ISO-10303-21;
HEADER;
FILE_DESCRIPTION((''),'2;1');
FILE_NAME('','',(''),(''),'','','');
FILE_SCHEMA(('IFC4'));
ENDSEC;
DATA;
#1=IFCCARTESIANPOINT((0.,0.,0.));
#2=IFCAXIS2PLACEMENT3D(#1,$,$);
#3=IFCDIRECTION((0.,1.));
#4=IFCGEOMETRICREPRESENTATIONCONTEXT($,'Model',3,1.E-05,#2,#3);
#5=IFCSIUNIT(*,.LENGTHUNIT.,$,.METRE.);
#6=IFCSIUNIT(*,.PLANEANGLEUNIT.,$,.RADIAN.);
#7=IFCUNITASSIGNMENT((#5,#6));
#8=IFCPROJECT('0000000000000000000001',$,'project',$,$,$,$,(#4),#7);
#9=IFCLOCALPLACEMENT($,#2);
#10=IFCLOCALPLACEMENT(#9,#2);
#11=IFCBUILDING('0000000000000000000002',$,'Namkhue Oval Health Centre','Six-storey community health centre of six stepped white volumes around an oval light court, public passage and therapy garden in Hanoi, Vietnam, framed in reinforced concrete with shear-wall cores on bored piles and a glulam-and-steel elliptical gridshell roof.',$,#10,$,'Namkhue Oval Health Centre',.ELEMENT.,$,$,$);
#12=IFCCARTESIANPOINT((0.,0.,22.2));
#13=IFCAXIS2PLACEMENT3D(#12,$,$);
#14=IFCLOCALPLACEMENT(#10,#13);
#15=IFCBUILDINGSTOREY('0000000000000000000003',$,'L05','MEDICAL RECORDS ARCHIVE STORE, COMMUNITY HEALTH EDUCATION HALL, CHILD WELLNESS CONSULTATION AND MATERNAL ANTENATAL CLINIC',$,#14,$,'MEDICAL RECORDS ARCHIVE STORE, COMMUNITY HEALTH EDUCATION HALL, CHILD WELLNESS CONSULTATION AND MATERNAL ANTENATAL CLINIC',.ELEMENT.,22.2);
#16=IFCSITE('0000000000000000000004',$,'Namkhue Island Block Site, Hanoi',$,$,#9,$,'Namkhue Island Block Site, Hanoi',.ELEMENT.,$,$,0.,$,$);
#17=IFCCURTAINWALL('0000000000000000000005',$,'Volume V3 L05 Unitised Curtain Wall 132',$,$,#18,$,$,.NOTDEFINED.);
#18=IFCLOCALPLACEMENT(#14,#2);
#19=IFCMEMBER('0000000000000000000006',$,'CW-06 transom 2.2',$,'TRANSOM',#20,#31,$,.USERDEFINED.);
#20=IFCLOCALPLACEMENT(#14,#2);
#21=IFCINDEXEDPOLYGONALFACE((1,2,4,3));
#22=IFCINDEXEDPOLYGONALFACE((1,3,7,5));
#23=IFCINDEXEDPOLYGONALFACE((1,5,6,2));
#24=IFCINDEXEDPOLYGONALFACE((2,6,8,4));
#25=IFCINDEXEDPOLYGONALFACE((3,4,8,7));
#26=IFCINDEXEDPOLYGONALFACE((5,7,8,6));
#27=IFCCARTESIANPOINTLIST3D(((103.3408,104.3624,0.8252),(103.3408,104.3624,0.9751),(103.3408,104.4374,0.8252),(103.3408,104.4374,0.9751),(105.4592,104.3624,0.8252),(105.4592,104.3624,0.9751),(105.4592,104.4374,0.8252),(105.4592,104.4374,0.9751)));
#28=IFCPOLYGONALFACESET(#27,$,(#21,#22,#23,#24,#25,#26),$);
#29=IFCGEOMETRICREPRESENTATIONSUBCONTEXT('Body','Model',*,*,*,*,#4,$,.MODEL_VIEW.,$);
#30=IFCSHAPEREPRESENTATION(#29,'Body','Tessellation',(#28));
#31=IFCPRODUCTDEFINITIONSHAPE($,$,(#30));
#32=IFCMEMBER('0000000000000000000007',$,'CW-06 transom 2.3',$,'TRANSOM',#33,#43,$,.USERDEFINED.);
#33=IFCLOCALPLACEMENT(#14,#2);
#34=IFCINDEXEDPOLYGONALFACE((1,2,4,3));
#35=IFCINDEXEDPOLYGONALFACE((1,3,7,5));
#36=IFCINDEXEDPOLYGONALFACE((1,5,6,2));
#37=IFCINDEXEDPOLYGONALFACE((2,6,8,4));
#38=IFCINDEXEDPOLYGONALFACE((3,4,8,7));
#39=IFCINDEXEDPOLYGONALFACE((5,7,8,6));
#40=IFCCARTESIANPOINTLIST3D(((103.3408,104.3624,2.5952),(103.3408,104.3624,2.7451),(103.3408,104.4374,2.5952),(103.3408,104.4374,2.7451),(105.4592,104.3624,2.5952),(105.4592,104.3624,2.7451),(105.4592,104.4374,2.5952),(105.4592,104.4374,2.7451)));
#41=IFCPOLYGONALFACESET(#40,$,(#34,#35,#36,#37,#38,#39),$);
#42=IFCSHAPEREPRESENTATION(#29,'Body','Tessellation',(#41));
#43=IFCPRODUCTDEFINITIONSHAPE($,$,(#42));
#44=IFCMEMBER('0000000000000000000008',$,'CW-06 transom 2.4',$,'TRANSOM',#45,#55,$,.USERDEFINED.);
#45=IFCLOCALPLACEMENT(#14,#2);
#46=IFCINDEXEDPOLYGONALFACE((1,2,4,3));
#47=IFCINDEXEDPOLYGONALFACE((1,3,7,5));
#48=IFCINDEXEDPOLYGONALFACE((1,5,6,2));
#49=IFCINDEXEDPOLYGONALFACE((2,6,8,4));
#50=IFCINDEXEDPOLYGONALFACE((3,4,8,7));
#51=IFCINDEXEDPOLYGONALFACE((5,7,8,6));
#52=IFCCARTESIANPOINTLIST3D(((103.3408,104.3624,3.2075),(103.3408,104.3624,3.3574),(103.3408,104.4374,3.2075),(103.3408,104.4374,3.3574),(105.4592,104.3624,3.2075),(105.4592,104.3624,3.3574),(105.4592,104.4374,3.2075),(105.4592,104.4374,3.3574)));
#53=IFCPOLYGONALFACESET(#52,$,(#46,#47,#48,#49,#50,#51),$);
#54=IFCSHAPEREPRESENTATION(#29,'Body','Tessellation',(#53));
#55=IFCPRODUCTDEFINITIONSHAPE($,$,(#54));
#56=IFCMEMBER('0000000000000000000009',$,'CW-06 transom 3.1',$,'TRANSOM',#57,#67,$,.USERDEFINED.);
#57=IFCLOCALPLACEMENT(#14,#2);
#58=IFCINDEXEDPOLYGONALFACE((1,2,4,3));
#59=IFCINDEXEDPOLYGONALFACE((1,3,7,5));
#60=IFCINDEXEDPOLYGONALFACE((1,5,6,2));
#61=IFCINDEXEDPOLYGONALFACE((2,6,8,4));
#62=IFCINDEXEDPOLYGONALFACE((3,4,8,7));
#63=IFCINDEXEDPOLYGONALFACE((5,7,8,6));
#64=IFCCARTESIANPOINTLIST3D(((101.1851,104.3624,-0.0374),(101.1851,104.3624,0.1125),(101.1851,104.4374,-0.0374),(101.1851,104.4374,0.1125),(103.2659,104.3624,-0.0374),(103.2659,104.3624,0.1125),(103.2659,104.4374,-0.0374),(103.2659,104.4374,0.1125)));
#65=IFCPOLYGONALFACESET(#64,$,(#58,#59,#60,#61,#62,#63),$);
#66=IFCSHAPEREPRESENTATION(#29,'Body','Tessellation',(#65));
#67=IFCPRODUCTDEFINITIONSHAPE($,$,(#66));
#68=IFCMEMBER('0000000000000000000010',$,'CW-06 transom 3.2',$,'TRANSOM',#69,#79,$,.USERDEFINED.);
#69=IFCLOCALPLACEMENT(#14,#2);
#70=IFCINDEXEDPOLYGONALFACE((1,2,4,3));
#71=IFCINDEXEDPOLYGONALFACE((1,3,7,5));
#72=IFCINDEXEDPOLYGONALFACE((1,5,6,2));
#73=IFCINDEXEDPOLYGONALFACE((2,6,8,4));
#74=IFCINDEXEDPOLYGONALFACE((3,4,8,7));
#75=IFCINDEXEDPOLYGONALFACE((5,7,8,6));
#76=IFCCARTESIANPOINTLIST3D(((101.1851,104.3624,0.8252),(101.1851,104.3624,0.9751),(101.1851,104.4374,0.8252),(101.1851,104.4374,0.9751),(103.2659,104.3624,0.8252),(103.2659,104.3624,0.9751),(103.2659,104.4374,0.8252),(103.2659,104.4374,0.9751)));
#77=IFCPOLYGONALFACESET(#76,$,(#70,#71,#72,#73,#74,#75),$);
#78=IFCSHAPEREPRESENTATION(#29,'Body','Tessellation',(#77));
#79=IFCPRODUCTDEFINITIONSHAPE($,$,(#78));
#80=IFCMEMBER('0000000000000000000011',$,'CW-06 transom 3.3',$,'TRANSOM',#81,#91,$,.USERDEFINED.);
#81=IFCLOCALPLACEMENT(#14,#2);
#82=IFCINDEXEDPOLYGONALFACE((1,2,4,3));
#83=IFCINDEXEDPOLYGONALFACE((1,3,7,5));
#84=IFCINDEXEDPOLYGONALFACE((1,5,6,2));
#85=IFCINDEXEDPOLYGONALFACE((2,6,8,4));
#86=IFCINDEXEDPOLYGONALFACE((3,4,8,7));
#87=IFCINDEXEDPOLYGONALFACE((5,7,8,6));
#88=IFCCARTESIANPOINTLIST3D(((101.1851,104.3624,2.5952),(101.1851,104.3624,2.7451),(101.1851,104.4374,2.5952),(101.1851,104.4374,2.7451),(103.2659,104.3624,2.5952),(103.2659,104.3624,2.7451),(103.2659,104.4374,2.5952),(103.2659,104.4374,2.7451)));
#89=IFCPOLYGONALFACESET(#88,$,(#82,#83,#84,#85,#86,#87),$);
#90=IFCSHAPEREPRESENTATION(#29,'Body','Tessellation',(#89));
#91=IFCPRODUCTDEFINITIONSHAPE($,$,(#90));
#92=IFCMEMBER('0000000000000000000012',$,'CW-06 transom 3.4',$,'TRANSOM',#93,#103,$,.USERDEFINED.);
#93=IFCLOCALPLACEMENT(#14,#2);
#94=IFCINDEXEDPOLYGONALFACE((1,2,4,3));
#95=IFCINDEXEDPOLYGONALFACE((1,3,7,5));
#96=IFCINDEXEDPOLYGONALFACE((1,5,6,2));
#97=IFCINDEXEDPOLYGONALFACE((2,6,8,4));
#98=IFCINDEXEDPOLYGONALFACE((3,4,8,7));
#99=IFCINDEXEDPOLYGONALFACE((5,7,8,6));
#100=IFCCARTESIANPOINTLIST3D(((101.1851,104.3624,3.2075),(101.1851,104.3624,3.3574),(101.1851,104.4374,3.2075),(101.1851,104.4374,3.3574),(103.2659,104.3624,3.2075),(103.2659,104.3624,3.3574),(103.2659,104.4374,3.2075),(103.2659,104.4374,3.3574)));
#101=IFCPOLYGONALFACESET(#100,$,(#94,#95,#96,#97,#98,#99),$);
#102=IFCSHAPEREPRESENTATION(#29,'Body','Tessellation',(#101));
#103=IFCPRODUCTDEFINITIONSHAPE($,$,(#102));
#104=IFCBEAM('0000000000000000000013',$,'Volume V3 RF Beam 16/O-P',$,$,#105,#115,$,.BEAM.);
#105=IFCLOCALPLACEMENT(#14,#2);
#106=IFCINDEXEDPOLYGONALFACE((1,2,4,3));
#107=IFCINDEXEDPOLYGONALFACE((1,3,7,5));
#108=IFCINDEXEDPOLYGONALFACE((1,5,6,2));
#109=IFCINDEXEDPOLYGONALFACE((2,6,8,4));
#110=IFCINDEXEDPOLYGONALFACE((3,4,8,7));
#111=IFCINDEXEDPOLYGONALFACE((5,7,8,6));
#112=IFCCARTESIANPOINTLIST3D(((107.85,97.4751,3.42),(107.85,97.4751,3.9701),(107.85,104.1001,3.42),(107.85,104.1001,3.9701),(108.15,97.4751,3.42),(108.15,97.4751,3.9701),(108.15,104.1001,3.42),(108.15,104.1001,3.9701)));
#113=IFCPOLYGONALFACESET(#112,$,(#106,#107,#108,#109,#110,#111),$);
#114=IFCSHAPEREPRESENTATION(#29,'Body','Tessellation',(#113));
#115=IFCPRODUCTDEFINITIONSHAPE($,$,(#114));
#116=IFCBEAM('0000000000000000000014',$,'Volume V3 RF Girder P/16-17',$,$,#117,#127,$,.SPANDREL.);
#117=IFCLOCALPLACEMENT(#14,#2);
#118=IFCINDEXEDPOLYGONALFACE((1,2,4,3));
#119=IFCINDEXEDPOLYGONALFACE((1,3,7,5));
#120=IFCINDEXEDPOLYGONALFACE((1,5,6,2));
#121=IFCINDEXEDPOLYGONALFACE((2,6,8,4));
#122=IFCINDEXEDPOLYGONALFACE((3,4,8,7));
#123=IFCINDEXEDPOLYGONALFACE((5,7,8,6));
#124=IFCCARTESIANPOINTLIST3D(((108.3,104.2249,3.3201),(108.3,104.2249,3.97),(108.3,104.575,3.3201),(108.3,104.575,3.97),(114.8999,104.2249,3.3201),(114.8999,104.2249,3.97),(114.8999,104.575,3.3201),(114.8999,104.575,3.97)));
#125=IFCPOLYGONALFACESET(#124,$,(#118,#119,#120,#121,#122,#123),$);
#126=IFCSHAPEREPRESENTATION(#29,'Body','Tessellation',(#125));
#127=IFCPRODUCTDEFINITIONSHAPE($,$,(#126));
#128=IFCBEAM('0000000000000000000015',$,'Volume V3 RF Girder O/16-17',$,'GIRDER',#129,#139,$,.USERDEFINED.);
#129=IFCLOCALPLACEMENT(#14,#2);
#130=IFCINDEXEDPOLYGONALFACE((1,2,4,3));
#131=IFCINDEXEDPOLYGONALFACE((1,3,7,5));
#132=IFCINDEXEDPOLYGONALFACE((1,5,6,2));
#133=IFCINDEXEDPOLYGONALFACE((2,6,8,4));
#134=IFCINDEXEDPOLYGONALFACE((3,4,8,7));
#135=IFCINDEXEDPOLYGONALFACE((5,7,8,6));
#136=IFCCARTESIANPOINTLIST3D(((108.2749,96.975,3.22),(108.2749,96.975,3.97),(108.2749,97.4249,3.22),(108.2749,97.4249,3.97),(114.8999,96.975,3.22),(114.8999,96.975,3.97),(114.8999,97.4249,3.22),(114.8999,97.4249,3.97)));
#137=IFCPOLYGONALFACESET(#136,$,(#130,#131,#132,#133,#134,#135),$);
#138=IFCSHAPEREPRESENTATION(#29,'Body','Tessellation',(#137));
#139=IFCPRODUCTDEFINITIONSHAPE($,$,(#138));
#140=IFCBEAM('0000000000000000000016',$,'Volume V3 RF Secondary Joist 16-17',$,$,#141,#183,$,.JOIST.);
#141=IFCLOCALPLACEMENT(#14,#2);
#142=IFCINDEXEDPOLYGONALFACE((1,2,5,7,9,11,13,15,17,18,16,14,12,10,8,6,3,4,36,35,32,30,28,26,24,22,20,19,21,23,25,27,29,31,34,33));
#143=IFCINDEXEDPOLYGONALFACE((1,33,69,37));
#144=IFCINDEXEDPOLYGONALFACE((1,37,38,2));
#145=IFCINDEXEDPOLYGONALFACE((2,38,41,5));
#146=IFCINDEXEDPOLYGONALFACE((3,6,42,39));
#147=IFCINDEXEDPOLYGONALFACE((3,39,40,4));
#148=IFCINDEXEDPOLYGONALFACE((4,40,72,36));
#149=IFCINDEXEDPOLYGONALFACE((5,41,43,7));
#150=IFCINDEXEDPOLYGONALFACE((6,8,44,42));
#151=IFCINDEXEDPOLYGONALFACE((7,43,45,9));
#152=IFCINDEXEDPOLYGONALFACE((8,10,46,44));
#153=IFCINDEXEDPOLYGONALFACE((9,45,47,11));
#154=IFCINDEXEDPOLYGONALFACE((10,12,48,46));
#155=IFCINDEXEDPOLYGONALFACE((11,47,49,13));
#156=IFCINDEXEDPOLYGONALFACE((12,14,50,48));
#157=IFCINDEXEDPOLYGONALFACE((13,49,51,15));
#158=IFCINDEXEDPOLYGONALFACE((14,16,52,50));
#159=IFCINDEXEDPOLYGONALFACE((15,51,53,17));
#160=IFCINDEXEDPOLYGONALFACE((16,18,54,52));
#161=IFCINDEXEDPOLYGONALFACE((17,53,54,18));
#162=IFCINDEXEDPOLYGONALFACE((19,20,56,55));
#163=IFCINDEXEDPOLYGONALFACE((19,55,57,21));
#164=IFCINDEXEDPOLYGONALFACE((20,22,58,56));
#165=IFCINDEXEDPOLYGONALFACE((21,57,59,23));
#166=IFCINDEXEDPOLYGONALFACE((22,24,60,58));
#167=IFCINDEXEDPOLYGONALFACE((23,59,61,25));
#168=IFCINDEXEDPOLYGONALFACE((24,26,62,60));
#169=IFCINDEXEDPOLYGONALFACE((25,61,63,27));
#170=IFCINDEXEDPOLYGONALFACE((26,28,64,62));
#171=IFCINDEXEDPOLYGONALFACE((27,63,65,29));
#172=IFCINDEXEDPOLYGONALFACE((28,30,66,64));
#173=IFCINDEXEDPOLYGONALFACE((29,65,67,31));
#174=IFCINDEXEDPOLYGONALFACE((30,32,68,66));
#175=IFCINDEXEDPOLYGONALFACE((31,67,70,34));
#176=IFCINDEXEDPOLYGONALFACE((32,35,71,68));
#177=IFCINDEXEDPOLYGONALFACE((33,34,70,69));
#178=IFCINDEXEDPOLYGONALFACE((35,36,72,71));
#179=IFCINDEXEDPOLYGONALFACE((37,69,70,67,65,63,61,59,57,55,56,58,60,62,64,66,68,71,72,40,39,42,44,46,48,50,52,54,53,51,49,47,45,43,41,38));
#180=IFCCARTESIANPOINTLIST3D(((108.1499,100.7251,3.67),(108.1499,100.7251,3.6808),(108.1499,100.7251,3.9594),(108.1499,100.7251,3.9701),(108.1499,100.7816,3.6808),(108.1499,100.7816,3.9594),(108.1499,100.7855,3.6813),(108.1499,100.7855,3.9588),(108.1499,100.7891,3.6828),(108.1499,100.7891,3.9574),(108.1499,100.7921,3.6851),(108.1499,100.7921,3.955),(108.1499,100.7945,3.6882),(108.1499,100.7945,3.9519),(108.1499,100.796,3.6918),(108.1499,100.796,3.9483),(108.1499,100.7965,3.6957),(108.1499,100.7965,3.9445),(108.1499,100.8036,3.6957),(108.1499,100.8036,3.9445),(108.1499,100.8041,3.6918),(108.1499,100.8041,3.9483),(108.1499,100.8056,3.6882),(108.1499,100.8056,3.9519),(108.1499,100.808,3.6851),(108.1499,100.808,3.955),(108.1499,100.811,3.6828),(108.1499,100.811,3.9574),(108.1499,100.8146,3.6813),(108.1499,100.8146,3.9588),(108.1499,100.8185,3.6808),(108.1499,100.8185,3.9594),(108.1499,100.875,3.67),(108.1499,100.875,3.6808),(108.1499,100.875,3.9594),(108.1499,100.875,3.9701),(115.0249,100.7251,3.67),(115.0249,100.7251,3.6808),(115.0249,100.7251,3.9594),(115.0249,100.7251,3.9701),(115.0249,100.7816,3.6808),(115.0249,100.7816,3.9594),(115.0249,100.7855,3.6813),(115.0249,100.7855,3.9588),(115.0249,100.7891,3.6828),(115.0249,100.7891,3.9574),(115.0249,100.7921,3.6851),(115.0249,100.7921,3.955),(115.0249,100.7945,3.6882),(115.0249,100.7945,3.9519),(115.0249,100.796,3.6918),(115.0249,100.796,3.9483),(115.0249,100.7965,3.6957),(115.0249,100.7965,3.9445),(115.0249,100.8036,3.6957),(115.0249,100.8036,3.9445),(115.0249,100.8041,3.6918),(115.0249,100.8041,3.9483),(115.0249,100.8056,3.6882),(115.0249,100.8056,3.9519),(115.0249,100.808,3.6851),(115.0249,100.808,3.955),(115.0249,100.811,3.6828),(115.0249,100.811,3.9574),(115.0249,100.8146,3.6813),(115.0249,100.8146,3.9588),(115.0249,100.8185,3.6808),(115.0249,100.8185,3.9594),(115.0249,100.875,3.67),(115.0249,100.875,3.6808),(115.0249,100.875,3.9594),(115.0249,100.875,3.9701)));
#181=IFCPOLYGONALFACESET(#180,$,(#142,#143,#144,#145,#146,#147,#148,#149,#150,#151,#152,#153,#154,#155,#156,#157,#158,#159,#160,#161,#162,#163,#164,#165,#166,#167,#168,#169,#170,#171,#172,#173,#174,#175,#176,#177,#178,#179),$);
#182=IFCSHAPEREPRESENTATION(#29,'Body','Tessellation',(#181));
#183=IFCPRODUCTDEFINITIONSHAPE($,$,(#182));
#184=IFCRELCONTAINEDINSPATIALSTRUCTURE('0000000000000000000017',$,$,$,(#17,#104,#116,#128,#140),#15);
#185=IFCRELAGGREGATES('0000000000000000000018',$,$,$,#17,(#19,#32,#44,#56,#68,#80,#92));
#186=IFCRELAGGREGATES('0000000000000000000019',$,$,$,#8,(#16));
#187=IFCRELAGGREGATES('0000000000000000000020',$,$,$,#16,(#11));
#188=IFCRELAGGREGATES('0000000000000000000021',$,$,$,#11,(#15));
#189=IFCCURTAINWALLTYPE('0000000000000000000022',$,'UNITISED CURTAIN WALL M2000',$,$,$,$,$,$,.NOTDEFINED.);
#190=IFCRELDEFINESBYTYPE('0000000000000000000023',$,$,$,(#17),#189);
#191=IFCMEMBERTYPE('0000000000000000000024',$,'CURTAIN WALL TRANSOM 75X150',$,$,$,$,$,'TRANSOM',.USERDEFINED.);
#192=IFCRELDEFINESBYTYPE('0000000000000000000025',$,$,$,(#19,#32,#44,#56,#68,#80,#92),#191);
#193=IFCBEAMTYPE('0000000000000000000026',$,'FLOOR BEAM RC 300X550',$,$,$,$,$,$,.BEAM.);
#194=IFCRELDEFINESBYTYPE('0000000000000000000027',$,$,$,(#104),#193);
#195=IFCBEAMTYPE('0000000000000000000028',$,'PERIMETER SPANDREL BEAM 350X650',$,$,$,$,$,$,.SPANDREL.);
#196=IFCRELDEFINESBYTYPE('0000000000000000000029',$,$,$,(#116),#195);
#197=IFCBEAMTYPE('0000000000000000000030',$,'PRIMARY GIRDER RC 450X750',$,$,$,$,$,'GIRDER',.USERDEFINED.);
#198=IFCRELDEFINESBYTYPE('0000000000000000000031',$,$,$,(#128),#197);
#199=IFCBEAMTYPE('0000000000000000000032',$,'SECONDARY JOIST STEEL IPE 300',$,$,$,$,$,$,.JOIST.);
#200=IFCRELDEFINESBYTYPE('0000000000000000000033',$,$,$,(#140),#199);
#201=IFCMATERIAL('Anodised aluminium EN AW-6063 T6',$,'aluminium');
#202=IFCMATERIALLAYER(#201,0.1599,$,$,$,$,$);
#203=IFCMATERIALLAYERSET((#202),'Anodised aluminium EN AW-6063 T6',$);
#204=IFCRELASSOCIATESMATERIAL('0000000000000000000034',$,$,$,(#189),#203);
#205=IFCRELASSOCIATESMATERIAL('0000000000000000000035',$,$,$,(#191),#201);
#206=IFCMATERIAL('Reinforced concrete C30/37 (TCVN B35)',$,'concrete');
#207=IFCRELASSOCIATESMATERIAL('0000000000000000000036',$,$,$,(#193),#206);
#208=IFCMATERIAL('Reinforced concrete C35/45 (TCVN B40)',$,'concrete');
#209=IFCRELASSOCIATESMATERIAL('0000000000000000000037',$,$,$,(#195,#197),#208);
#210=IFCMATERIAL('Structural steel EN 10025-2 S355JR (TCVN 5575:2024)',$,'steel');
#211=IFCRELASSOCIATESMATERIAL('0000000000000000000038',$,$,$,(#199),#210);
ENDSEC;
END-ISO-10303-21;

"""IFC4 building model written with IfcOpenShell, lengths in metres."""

from ifc_helpers import new_model, si_unit, direction, frame, origin, origin_2d, place, context, subcontext, project, spatial, rectangle, i_section, extrude, material, layer, layer_set, material_profile, profile_set, type_object, element, aggregate, save


model = new_model("IFC4")

# Units and contexts
model_context = context("Model", 3, precision=1e-05, world=origin(), true_north=direction((0.0, 1.0)))
body_context = subcontext(model_context, "Body", "Model", "MODEL_VIEW")
ifc_project = project(units=[si_unit("LENGTHUNIT", "METRE"), si_unit("PLANEANGLEUNIT", "RADIAN")], contexts=[model_context])

# Site, building, storey
site_placement = place(None, origin())
site = spatial("IfcSite", under=ifc_project, at=site_placement, Name="Namkhue Island Block Site, Hanoi", LongName="Namkhue Island Block Site, Hanoi", CompositionType="ELEMENT", RefElevation=0.0)
building_placement = place(site_placement, origin())
building = spatial("IfcBuilding", under=site, at=building_placement, Name="Namkhue Oval Health Centre", Description="Six-storey community health centre of six stepped white volumes around an oval light court, public passage and therapy garden in Hanoi, Vietnam, framed in reinforced concrete with shear-wall cores on bored piles and a glulam-and-steel elliptical gridshell roof.", LongName="Namkhue Oval Health Centre", CompositionType="ELEMENT")
storey_placement = place(building_placement, frame((0.0, 0.0, 22.2)))
storey = spatial("IfcBuildingStorey", under=building, at=storey_placement, Name="L05", Description="MEDICAL RECORDS ARCHIVE STORE, COMMUNITY HEALTH EDUCATION HALL, CHILD WELLNESS CONSULTATION AND MATERNAL ANTENATAL CLINIC", LongName="MEDICAL RECORDS ARCHIVE STORE, COMMUNITY HEALTH EDUCATION HALL, CHILD WELLNESS CONSULTATION AND MATERNAL ANTENATAL CLINIC", CompositionType="ELEMENT", Elevation=22.2)

# Shared definitions
ifc_material_1 = material(Name="Reinforced concrete C35/45 (TCVN B40)", Category="concrete")

# Curtain wall, members
ifc_material_2 = material(Name="Anodised aluminium EN AW-6063 T6", Category="aluminium")
ifc_layer_1 = layer(ifc_material_2, 0.1599)
ifc_layer_set_1 = layer_set([ifc_layer_1], Name="Anodised aluminium EN AW-6063 T6")
curtain_wall_type = type_object("IfcCurtainWallType", Name="UNITISED CURTAIN WALL M2000", PredefinedType="NOTDEFINED", material=ifc_layer_set_1)
curtain_wall_placement = place(storey_placement, origin())
curtain_wall = element("IfcCurtainWall", 1, at=curtain_wall_placement, inside=storey, type_object=curtain_wall_type, Name="Volume V3 L05 Unitised Curtain Wall 132", PredefinedType="NOTDEFINED")
ifc_material_profile_1 = material_profile(ifc_material_2, rectangle(XDim=0.075, YDim=0.1499, at=origin_2d()), Name="ALU 75x150")
ifc_profile_set_1 = profile_set([ifc_material_profile_1], Name="Anodised aluminium EN AW-6063 T6")
member_type_1 = type_object("IfcMemberType", Name="CURTAIN WALL TRANSOM 75X150", ElementType="TRANSOM", PredefinedType="USERDEFINED", material=ifc_profile_set_1)
member_1_placement = place(storey_placement, frame((105.4592, 104.3999, 0.9001), z_axis=(-1.0, 0.0, 0.0), x_axis=(0.0, -1.0, 0.0)))
member_1 = element("IfcMember", 2, at=member_1_placement, type_object=member_type_1, Name="CW-06 transom 2.2", ObjectType="TRANSOM", PredefinedType="USERDEFINED", context=body_context, shape_type="SweptSolid", body=[
    extrude(rectangle(XDim=0.075, YDim=0.1499, at=origin_2d()), origin(), (0.0, 0.0, 1.0), 2.1184),
])
member_2_placement = place(storey_placement, frame((105.4592, 104.3999, 2.6702), z_axis=(-1.0, 0.0, 0.0), x_axis=(0.0, -1.0, 0.0)))
member_2 = element("IfcMember", 3, at=member_2_placement, type_object=member_type_1, Name="CW-06 transom 2.3", ObjectType="TRANSOM", PredefinedType="USERDEFINED", context=body_context, shape_type="SweptSolid", body=[
    extrude(rectangle(XDim=0.075, YDim=0.1499, at=origin_2d()), origin(), (0.0, 0.0, 1.0), 2.1184),
])
member_3_placement = place(storey_placement, frame((105.4592, 104.3999, 3.2825), z_axis=(-1.0, 0.0, 0.0), x_axis=(0.0, -1.0, 0.0)))
member_3 = element("IfcMember", 4, at=member_3_placement, type_object=member_type_1, Name="CW-06 transom 2.4", ObjectType="TRANSOM", PredefinedType="USERDEFINED", context=body_context, shape_type="SweptSolid", body=[
    extrude(rectangle(XDim=0.075, YDim=0.1499, at=origin_2d()), origin(), (0.0, 0.0, 1.0), 2.1184),
])
member_4_placement = place(storey_placement, frame((103.2659, 104.3999, 0.0376), z_axis=(-1.0, 0.0, 0.0), x_axis=(0.0, -1.0, 0.0)))
member_4 = element("IfcMember", 5, at=member_4_placement, type_object=member_type_1, Name="CW-06 transom 3.1", ObjectType="TRANSOM", PredefinedType="USERDEFINED", context=body_context, shape_type="SweptSolid", body=[
    extrude(rectangle(XDim=0.075, YDim=0.1499, at=origin_2d()), origin(), (0.0, 0.0, 1.0), 2.0808),
])
member_5_placement = place(storey_placement, frame((103.2659, 104.3999, 0.9001), z_axis=(-1.0, 0.0, 0.0), x_axis=(0.0, -1.0, 0.0)))
member_5 = element("IfcMember", 6, at=member_5_placement, type_object=member_type_1, Name="CW-06 transom 3.2", ObjectType="TRANSOM", PredefinedType="USERDEFINED", context=body_context, shape_type="SweptSolid", body=[
    extrude(rectangle(XDim=0.075, YDim=0.1499, at=origin_2d()), origin(), (0.0, 0.0, 1.0), 2.0808),
])
member_6_placement = place(storey_placement, frame((103.2659, 104.3999, 2.6702), z_axis=(-1.0, 0.0, 0.0), x_axis=(0.0, -1.0, 0.0)))
member_6 = element("IfcMember", 7, at=member_6_placement, type_object=member_type_1, Name="CW-06 transom 3.3", ObjectType="TRANSOM", PredefinedType="USERDEFINED", context=body_context, shape_type="SweptSolid", body=[
    extrude(rectangle(XDim=0.075, YDim=0.1499, at=origin_2d()), origin(), (0.0, 0.0, 1.0), 2.0808),
])
member_7_placement = place(storey_placement, frame((103.2659, 104.3999, 3.2825), z_axis=(-1.0, 0.0, 0.0), x_axis=(0.0, -1.0, 0.0)))
member_7 = element("IfcMember", 8, at=member_7_placement, type_object=member_type_1, Name="CW-06 transom 3.4", ObjectType="TRANSOM", PredefinedType="USERDEFINED", context=body_context, shape_type="SweptSolid", body=[
    extrude(rectangle(XDim=0.075, YDim=0.1499, at=origin_2d()), origin(), (0.0, 0.0, 1.0), 2.0808),
])

# Beams
ifc_material_3 = material(Name="Reinforced concrete C30/37 (TCVN B35)", Category="concrete")
ifc_material_profile_2 = material_profile(ifc_material_3, rectangle(XDim=0.3, YDim=0.55, at=origin_2d()), Name="RC 300x550")
ifc_profile_set_2 = profile_set([ifc_material_profile_2], Name="Reinforced concrete C30/37 (TCVN B35)")
beam_type_1 = type_object("IfcBeamType", Name="FLOOR BEAM RC 300X550", PredefinedType="BEAM", material=ifc_profile_set_2)
beam_1_placement = place(storey_placement, frame((108.0, 97.4751, 3.6951), z_axis=(0.0, 1.0, 0.0), x_axis=(-1.0, 0.0, 0.0)))
element("IfcBeam", 9, at=beam_1_placement, inside=storey, type_object=beam_type_1, Name="Volume V3 RF Beam 16/O-P", PredefinedType="BEAM", context=body_context, shape_type="SweptSolid", body=[
    extrude(rectangle(XDim=0.3, YDim=0.55, at=origin_2d()), origin(), (0.0, 0.0, 1.0), 6.625),
])
ifc_material_profile_3 = material_profile(ifc_material_1, rectangle(XDim=0.3501, YDim=0.6499, at=origin_2d()), Name="RC 350x650")
ifc_profile_set_3 = profile_set([ifc_material_profile_3], Name="Reinforced concrete C35/45 (TCVN B40)")
beam_type_2 = type_object("IfcBeamType", Name="PERIMETER SPANDREL BEAM 350X650", PredefinedType="SPANDREL", material=ifc_profile_set_3)
beam_2_placement = place(storey_placement, frame((108.3, 104.3999, 3.645), z_axis=(1.0, 0.0, 0.0), x_axis=(0.0, 1.0, 0.0)))
element("IfcBeam", 10, at=beam_2_placement, inside=storey, type_object=beam_type_2, Name="Volume V3 RF Girder P/16-17", PredefinedType="SPANDREL", context=body_context, shape_type="SweptSolid", body=[
    extrude(rectangle(XDim=0.3501, YDim=0.6499, at=origin_2d()), origin(), (0.0, 0.0, 1.0), 6.5999),
])
ifc_material_profile_4 = material_profile(ifc_material_1, rectangle(XDim=0.45, YDim=0.75, at=origin_2d()), Name="RC 450x750")
ifc_profile_set_4 = profile_set([ifc_material_profile_4], Name="Reinforced concrete C35/45 (TCVN B40)")
beam_type_3 = type_object("IfcBeamType", Name="PRIMARY GIRDER RC 450X750", ElementType="GIRDER", PredefinedType="USERDEFINED", material=ifc_profile_set_4)
beam_3_placement = place(storey_placement, frame((108.2749, 97.2, 3.595), z_axis=(1.0, 0.0, 0.0), x_axis=(0.0, 1.0, 0.0)))
element("IfcBeam", 11, at=beam_3_placement, inside=storey, type_object=beam_type_3, Name="Volume V3 RF Girder O/16-17", ObjectType="GIRDER", PredefinedType="USERDEFINED", context=body_context, shape_type="SweptSolid", body=[
    extrude(rectangle(XDim=0.45, YDim=0.75, at=origin_2d()), origin(), (0.0, 0.0, 1.0), 6.625),
])
ifc_material_4 = material(Name="Structural steel EN 10025-2 S355JR (TCVN 5575:2024)", Category="steel")
ifc_material_profile_5 = material_profile(ifc_material_4, i_section(OverallWidth=0.1499, OverallDepth=0.3, WebThickness=0.0071, FlangeThickness=0.0107, FilletRadius=0.0149, at=origin_2d()), Name="IPE 300")
ifc_profile_set_5 = profile_set([ifc_material_profile_5], Name="Structural steel EN 10025-2 S355JR (TCVN 5575:2024)")
beam_type_4 = type_object("IfcBeamType", Name="SECONDARY JOIST STEEL IPE 300", PredefinedType="JOIST", material=ifc_profile_set_5)
beam_4_placement = place(storey_placement, frame((108.1499, 100.8, 3.8201), z_axis=(1.0, 0.0, 0.0), x_axis=(0.0, 1.0, 0.0)))
element("IfcBeam", 12, at=beam_4_placement, inside=storey, type_object=beam_type_4, Name="Volume V3 RF Secondary Joist 16-17", PredefinedType="JOIST", context=body_context, shape_type="SweptSolid", body=[
    extrude(i_section(OverallWidth=0.1499, OverallDepth=0.3, WebThickness=0.0071, FlangeThickness=0.0107, FilletRadius=0.0149, at=origin_2d()), origin(), (0.0, 0.0, 1.0), 6.875),
])

aggregate(curtain_wall, [member_1, member_2, member_3, member_4, member_5, member_6, member_7])

save(model, "model.ifc")
